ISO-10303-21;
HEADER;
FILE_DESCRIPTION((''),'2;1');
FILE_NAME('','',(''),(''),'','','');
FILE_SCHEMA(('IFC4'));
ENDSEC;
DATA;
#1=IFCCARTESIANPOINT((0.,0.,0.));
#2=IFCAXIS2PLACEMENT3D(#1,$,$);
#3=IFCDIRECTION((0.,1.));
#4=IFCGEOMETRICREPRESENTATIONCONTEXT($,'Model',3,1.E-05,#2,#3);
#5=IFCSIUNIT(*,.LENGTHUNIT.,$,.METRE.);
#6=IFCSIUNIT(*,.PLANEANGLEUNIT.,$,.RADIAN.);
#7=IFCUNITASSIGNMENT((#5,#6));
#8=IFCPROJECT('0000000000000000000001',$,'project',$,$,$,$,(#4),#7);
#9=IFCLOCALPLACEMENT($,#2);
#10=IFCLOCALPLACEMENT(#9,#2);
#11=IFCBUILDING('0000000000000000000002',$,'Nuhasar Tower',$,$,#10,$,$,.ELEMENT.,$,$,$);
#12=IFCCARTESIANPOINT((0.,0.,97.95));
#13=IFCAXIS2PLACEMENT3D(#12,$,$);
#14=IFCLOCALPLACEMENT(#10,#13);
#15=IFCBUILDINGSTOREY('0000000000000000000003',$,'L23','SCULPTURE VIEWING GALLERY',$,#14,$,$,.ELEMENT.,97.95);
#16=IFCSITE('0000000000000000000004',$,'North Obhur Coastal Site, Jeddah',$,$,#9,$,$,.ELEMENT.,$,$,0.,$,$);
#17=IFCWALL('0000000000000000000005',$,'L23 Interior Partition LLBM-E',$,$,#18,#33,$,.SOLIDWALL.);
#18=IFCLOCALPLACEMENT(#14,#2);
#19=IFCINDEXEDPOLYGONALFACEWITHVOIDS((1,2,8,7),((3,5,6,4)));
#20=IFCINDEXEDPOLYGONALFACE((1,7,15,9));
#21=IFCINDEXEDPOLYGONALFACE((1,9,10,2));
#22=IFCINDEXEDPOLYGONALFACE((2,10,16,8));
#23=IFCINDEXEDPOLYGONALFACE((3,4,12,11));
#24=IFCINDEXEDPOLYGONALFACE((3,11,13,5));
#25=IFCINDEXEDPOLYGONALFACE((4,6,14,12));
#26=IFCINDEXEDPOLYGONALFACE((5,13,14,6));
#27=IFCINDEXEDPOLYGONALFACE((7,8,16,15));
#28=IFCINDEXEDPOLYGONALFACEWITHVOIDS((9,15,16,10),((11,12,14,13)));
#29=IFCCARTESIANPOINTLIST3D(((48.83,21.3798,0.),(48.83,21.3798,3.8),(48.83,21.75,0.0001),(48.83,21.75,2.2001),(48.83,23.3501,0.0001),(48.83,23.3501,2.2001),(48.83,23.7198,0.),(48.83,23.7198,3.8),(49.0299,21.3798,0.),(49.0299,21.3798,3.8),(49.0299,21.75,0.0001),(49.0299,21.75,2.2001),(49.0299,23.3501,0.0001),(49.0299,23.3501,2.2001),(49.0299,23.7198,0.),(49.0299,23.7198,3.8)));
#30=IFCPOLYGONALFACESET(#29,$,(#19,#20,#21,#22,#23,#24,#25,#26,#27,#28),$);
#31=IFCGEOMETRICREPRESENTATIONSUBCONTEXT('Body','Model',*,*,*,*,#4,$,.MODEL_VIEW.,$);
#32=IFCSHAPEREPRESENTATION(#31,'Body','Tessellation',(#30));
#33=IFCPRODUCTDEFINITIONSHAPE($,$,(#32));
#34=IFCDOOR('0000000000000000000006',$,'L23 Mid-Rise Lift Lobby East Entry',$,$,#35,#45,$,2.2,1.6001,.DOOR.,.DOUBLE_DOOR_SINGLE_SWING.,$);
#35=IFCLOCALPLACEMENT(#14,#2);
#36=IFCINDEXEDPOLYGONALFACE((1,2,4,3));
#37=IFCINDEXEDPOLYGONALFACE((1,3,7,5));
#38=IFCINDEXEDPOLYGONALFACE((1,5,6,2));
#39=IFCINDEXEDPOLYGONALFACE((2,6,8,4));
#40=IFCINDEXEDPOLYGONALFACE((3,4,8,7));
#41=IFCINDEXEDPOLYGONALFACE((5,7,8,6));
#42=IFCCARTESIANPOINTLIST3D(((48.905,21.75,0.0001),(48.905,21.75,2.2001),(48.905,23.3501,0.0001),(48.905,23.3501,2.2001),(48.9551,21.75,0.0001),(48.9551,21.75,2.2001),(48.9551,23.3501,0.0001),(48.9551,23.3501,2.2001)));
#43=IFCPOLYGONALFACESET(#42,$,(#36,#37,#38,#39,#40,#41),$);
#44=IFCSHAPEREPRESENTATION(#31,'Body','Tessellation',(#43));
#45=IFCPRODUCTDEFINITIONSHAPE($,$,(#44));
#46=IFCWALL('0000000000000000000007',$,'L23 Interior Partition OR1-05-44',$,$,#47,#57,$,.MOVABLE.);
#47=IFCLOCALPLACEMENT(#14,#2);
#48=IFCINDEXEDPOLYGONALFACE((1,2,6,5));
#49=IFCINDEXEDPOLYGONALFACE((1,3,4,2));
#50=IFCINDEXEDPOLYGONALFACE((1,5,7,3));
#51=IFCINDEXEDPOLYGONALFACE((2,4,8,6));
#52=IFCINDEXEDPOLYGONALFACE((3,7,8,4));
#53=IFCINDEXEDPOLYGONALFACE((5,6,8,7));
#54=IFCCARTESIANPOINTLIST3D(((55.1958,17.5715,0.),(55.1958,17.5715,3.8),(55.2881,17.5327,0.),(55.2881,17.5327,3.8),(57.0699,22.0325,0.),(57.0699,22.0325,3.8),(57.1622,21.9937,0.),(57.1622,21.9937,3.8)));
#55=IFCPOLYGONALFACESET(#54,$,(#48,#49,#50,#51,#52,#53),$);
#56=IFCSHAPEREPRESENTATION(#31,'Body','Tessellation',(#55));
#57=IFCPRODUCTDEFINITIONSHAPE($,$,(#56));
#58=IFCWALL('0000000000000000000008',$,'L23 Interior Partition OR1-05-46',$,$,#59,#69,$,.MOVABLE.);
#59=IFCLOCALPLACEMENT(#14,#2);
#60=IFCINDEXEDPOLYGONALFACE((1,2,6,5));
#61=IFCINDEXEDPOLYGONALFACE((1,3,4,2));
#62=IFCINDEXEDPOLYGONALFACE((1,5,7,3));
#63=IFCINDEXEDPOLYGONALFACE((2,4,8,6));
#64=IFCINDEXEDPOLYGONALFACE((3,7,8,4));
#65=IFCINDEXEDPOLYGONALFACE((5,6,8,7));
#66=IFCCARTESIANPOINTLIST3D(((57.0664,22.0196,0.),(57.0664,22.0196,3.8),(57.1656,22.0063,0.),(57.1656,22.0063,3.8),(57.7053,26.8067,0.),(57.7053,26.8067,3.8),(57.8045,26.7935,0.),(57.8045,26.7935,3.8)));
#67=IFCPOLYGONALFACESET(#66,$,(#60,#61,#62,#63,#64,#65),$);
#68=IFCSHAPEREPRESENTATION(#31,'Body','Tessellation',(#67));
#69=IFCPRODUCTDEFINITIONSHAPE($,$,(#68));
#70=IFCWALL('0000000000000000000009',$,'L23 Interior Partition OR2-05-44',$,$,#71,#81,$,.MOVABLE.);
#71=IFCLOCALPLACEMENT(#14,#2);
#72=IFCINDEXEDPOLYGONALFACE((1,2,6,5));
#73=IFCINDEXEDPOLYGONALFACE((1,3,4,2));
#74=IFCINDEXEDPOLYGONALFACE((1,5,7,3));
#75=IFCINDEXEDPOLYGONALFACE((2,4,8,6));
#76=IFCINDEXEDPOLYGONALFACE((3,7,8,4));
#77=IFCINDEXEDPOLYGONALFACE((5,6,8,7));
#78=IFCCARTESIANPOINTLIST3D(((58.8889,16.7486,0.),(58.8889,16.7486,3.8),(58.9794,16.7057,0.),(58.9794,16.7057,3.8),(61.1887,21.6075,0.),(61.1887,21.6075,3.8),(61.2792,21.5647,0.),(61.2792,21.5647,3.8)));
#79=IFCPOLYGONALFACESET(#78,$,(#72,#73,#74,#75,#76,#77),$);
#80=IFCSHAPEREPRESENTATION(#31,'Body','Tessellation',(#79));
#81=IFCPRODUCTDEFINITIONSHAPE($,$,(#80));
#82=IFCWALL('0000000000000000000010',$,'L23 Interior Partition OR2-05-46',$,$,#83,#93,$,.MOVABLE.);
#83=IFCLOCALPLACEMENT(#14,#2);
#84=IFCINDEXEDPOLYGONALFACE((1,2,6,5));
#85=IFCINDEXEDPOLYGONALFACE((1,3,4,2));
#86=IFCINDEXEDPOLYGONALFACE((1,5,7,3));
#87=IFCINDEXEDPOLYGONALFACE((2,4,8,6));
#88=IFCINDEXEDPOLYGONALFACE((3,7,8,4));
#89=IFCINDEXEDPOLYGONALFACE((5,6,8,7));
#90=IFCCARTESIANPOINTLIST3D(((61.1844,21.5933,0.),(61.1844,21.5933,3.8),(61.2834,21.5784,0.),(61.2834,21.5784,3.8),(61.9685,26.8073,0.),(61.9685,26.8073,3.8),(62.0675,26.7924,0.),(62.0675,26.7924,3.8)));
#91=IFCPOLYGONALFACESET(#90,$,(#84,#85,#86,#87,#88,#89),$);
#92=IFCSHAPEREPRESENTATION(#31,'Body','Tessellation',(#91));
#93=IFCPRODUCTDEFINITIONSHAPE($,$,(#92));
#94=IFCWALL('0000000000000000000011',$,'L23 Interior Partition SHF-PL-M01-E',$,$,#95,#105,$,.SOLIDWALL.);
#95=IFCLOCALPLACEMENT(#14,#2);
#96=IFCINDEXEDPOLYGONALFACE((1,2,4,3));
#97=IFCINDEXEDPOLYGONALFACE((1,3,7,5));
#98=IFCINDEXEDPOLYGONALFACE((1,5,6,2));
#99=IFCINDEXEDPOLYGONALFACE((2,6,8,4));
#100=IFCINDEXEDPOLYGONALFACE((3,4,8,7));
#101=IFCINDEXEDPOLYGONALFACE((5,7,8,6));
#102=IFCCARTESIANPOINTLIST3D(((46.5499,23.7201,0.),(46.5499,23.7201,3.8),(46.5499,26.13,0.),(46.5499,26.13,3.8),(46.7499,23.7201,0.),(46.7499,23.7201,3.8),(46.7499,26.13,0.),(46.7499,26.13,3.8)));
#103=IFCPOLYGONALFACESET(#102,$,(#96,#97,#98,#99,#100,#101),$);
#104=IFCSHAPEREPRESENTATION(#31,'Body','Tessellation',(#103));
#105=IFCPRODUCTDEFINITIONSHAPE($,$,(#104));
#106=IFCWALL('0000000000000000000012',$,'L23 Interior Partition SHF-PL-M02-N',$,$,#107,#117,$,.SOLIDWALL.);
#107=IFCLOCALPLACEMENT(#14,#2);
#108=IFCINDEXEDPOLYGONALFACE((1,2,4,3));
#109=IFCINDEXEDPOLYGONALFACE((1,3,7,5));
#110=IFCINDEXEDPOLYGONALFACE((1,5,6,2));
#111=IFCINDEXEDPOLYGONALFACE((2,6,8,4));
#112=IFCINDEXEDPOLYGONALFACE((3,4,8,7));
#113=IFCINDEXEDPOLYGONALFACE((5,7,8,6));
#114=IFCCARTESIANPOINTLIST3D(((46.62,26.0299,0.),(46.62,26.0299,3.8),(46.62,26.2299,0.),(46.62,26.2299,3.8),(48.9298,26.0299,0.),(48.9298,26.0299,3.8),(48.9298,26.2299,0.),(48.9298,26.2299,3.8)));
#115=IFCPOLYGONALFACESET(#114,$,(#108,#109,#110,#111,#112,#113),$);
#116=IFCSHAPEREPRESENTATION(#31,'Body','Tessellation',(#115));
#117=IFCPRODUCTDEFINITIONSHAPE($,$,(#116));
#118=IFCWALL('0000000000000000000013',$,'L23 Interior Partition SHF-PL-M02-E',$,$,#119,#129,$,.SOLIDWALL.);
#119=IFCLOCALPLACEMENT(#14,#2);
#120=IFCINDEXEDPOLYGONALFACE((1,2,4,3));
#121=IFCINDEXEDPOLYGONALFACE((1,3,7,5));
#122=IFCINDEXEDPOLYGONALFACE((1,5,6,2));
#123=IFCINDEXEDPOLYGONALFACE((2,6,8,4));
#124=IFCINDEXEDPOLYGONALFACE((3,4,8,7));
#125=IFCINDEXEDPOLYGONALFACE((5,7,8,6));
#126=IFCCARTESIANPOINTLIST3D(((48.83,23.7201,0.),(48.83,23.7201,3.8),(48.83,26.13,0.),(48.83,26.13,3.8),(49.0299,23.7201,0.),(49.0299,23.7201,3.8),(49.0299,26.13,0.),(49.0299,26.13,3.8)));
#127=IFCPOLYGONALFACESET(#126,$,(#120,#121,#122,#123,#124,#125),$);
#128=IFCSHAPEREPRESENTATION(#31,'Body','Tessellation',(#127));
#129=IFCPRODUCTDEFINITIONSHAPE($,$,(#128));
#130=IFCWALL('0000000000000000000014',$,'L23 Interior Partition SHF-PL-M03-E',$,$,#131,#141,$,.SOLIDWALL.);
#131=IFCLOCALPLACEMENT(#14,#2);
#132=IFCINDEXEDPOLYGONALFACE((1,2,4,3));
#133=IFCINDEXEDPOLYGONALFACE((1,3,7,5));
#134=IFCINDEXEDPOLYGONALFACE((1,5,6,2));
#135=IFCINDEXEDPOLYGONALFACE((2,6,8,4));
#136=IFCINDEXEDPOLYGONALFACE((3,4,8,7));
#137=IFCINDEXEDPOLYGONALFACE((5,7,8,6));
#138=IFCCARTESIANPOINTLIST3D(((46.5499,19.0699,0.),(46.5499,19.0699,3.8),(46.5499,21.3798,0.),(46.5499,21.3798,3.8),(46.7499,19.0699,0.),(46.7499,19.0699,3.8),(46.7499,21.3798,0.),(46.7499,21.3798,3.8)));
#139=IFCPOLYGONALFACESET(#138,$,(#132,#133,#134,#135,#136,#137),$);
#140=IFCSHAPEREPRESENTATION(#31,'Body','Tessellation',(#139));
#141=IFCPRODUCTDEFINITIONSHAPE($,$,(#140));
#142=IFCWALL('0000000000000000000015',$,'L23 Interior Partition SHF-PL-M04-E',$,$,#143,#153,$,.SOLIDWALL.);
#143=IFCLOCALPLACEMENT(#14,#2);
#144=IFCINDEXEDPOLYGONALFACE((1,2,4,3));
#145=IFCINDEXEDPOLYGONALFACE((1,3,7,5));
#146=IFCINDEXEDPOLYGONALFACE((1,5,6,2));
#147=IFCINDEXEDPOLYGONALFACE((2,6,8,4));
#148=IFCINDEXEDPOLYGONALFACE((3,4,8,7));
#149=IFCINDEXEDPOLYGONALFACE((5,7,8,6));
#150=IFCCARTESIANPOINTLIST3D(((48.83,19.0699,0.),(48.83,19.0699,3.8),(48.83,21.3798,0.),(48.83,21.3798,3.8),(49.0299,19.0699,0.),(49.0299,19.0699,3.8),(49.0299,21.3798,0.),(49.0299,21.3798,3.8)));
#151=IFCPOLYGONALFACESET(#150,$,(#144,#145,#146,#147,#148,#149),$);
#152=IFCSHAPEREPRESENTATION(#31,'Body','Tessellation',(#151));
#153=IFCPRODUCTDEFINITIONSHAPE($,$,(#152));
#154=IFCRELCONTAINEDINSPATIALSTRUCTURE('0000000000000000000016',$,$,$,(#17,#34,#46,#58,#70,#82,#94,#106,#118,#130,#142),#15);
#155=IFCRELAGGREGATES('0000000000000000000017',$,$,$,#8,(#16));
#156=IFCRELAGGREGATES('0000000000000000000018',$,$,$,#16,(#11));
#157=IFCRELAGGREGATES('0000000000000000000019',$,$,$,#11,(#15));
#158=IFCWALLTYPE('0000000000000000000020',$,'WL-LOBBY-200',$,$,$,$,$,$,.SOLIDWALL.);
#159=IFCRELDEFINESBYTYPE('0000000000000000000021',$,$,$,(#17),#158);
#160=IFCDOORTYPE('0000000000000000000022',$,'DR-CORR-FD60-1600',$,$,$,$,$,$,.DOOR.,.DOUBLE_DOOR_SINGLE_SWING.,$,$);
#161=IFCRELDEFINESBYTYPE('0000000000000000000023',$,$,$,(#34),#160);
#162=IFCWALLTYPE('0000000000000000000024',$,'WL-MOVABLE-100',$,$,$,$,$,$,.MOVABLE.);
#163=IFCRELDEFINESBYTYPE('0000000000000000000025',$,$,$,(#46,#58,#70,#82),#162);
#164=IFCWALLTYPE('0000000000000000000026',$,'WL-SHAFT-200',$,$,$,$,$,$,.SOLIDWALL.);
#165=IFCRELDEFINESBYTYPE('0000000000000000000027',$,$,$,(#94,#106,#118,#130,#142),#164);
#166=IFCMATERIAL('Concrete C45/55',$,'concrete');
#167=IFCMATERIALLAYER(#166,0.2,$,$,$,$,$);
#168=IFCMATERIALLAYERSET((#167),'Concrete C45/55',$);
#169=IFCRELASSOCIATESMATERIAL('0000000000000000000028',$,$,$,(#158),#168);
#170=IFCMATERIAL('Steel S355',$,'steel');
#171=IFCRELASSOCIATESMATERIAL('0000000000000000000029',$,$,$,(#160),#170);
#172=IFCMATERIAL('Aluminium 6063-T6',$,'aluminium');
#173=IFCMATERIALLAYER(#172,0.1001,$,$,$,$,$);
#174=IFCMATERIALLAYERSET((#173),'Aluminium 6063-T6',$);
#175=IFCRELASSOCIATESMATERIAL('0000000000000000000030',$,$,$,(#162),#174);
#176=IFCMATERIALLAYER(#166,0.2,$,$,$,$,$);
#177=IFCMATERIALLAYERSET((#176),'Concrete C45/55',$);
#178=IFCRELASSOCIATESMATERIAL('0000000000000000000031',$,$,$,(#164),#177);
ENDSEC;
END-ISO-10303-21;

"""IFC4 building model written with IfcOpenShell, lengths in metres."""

from ifc_helpers import new_model, si_unit, direction, frame, frame_2d, origin, place, context, subcontext, project, spatial, rectangle, extrude, material, layer, layer_set, type_object, element, fill, save


model = new_model("IFC4")

# Units and contexts
model_context = context("Model", 3, precision=1e-05, world=origin(), true_north=direction((0.0, 1.0)))
body_context = subcontext(model_context, "Body", "Model", "MODEL_VIEW")
ifc_project = project(units=[si_unit("LENGTHUNIT", "METRE"), si_unit("PLANEANGLEUNIT", "RADIAN")], contexts=[model_context])

# Site, building, storey
site_placement = place(None, origin())
site = spatial("IfcSite", under=ifc_project, at=site_placement, Name="North Obhur Coastal Site, Jeddah", CompositionType="ELEMENT", RefElevation=0.0)
building_placement = place(site_placement, origin())
building = spatial("IfcBuilding", under=site, at=building_placement, Name="Nuhasar Tower", CompositionType="ELEMENT")
storey_placement = place(building_placement, frame((0.0, 0.0, 97.95)))
storey = spatial("IfcBuildingStorey", under=building, at=storey_placement, Name="L23", Description="SCULPTURE VIEWING GALLERY", CompositionType="ELEMENT", Elevation=97.95)

# Shared definitions
ifc_material_1 = material(Name="Steel S355", Category="steel")

# Shared definitions
ifc_material_2 = material(Name="Aluminium 6063-T6", Category="aluminium")

# Wall, opening, door
ifc_material_3 = material(Name="Concrete C45/55", Category="concrete")
ifc_layer_1 = layer(ifc_material_3, 0.2)
ifc_layer_set_1 = layer_set([ifc_layer_1], Name="Concrete C45/55")
wall_type_1 = type_object("IfcWallType", Name="WL-LOBBY-200", PredefinedType="SOLIDWALL", material=ifc_layer_set_1)
wall_1_placement = place(storey_placement, frame((48.9299, 21.3799, 0.0), z_axis=(0.0, 0.0, 1.0), x_axis=(0.0, 1.0, 0.0)))
wall_1 = element("IfcWall", 1, at=wall_1_placement, inside=storey, type_object=wall_type_1, Name="L23 Interior Partition LLBM-E", PredefinedType="SOLIDWALL", context=body_context, shape_type="SweptSolid", body=[
    extrude(rectangle(XDim=2.3401, YDim=0.2, at=frame_2d((1.1699, 0.0))), origin(), (0.0, 0.0, 1.0), 3.8),
])
opening_placement = place(wall_1_placement, frame((0.3701, 0.0, 0.0)))
opening = element("IfcOpeningElement", 2, at=opening_placement, cuts=wall_1, PredefinedType="OPENING", context=body_context, shape_type="SweptSolid", body=[
    extrude(rectangle(XDim=1.6001, YDim=2.2, at=frame_2d((0.8, 1.1001))), frame((0.0, 0.1099, 0.0), z_axis=(0.0, -1.0, 0.0), x_axis=(1.0, 0.0, 0.0)), (0.0, 0.0, 1.0), 0.22),
])
door_type = type_object("IfcDoorType", Name="DR-CORR-FD60-1600", OperationType="DOUBLE_DOOR_SINGLE_SWING", PredefinedType="DOOR", material=ifc_material_1)
door_placement = place(opening_placement, origin())
door = element("IfcDoor", 3, at=door_placement, inside=storey, type_object=door_type, Name="L23 Mid-Rise Lift Lobby East Entry", OperationType="DOUBLE_DOOR_SINGLE_SWING", OverallHeight=2.2, OverallWidth=1.6001, PredefinedType="DOOR", context=body_context, shape_type="SweptSolid", body=[
    extrude(rectangle(XDim=1.6001, YDim=2.2, at=frame_2d((0.8, 1.1001))), frame((0.0, 0.0249, 0.0), z_axis=(0.0, -1.0, 0.0), x_axis=(1.0, 0.0, 0.0)), (0.0, 0.0, 1.0), 0.05),
])
fill(opening, door)

# Walls
ifc_layer_2 = layer(ifc_material_2, 0.1001)
ifc_layer_set_2 = layer_set([ifc_layer_2], Name="Aluminium 6063-T6")
wall_type_2 = type_object("IfcWallType", Name="WL-MOVABLE-100", PredefinedType="MOVABLE", material=ifc_layer_set_2)
wall_2_placement = place(storey_placement, frame((55.2419, 17.552, 0.0), z_axis=(0.0, 0.0, 1.0), x_axis=(0.387308, 0.92195, 0.0)))
element("IfcWall", 4, at=wall_2_placement, inside=storey, type_object=wall_type_2, Name="L23 Interior Partition OR1-05-44", PredefinedType="MOVABLE", context=body_context, shape_type="SweptSolid", body=[
    extrude(rectangle(XDim=4.8386, YDim=0.1001, at=frame_2d((2.4194, 0.0))), origin(), (0.0, 0.0, 1.0), 3.8),
])
wall_3_placement = place(storey_placement, frame((57.116, 22.0129, 0.0), z_axis=(0.0, 0.0, 1.0), x_axis=(0.132293, 0.991211, 0.0)))
element("IfcWall", 5, at=wall_3_placement, inside=storey, type_object=wall_type_2, Name="L23 Interior Partition OR1-05-46", PredefinedType="MOVABLE", context=body_context, shape_type="SweptSolid", body=[
    extrude(rectangle(XDim=4.8296, YDim=0.1001, at=frame_2d((2.4148, 0.0))), origin(), (0.0, 0.0, 1.0), 3.8),
])
wall_4_placement = place(storey_placement, frame((58.9341, 16.7271, 0.0), z_axis=(0.0, 0.0, 1.0), x_axis=(0.427817, 0.903865, 0.0)))
element("IfcWall", 6, at=wall_4_placement, inside=storey, type_object=wall_type_2, Name="L23 Interior Partition OR2-05-44", PredefinedType="MOVABLE", context=body_context, shape_type="SweptSolid", body=[
    extrude(rectangle(XDim=5.3757, YDim=0.1001, at=frame_2d((2.688, 0.0))), origin(), (0.0, 0.0, 1.0), 3.8),
])
wall_5_placement = place(storey_placement, frame((61.2339, 21.5859, 0.0), z_axis=(0.0, 0.0, 1.0), x_axis=(0.148723, 0.988879, 0.0)))
element("IfcWall", 7, at=wall_5_placement, inside=storey, type_object=wall_type_2, Name="L23 Interior Partition OR2-05-46", PredefinedType="MOVABLE", context=body_context, shape_type="SweptSolid", body=[
    extrude(rectangle(XDim=5.2727, YDim=0.1001, at=frame_2d((2.6362, 0.0))), origin(), (0.0, 0.0, 1.0), 3.8),
])
ifc_layer_3 = layer(ifc_material_3, 0.2)
ifc_layer_set_3 = layer_set([ifc_layer_3], Name="Concrete C45/55")
wall_type_3 = type_object("IfcWallType", Name="WL-SHAFT-200", PredefinedType="SOLIDWALL", material=ifc_layer_set_3)
wall_6_placement = place(storey_placement, frame((46.6499, 23.72, 0.0), z_axis=(0.0, 0.0, 1.0), x_axis=(0.0, 1.0, 0.0)))
element("IfcWall", 8, at=wall_6_placement, inside=storey, type_object=wall_type_3, Name="L23 Interior Partition SHF-PL-M01-E", PredefinedType="SOLIDWALL", context=body_context, shape_type="SweptSolid", body=[
    extrude(rectangle(XDim=2.4099, YDim=0.2, at=frame_2d((1.2051, 0.0))), origin(), (0.0, 0.0, 1.0), 3.8),
])
wall_7_placement = place(storey_placement, frame((46.6201, 26.1299, 0.0), z_axis=(0.0, 0.0, 1.0), x_axis=(1.0, 0.0, 0.0)))
element("IfcWall", 9, at=wall_7_placement, inside=storey, type_object=wall_type_3, Name="L23 Interior Partition SHF-PL-M02-N", PredefinedType="SOLIDWALL", context=body_context, shape_type="SweptSolid", body=[
    extrude(rectangle(XDim=2.3098, YDim=0.2, at=frame_2d((1.1548, 0.0))), origin(), (0.0, 0.0, 1.0), 3.8),
])
wall_8_placement = place(storey_placement, frame((48.9299, 23.72, 0.0), z_axis=(0.0, 0.0, 1.0), x_axis=(0.0, 1.0, 0.0)))
element("IfcWall", 10, at=wall_8_placement, inside=storey, type_object=wall_type_3, Name="L23 Interior Partition SHF-PL-M02-E", PredefinedType="SOLIDWALL", context=body_context, shape_type="SweptSolid", body=[
    extrude(rectangle(XDim=2.4099, YDim=0.2, at=frame_2d((1.2051, 0.0))), origin(), (0.0, 0.0, 1.0), 3.8),
])
for number, where, z_axis, x_axis, name in (
    (11, (46.6499, 19.0701, 0.0), (0.0, 0.0, 1.0), (0.0, 1.0, 0.0), "L23 Interior Partition SHF-PL-M03-E"),
    (12, (48.9299, 19.0701, 0.0), (0.0, 0.0, 1.0), (0.0, 1.0, 0.0), "L23 Interior Partition SHF-PL-M04-E"),
):
    element("IfcWall", number, at=place(storey_placement, frame(where, z_axis=z_axis, x_axis=x_axis)), inside=storey, type_object=wall_type_3, Name=name, PredefinedType="SOLIDWALL", context=body_context, shape_type="SweptSolid", body=[
        extrude(rectangle(XDim=2.3098, YDim=0.2, at=frame_2d((1.1548, 0.0))), origin(), (0.0, 0.0, 1.0), 3.8),
    ])

save(model, "model.ifc")
